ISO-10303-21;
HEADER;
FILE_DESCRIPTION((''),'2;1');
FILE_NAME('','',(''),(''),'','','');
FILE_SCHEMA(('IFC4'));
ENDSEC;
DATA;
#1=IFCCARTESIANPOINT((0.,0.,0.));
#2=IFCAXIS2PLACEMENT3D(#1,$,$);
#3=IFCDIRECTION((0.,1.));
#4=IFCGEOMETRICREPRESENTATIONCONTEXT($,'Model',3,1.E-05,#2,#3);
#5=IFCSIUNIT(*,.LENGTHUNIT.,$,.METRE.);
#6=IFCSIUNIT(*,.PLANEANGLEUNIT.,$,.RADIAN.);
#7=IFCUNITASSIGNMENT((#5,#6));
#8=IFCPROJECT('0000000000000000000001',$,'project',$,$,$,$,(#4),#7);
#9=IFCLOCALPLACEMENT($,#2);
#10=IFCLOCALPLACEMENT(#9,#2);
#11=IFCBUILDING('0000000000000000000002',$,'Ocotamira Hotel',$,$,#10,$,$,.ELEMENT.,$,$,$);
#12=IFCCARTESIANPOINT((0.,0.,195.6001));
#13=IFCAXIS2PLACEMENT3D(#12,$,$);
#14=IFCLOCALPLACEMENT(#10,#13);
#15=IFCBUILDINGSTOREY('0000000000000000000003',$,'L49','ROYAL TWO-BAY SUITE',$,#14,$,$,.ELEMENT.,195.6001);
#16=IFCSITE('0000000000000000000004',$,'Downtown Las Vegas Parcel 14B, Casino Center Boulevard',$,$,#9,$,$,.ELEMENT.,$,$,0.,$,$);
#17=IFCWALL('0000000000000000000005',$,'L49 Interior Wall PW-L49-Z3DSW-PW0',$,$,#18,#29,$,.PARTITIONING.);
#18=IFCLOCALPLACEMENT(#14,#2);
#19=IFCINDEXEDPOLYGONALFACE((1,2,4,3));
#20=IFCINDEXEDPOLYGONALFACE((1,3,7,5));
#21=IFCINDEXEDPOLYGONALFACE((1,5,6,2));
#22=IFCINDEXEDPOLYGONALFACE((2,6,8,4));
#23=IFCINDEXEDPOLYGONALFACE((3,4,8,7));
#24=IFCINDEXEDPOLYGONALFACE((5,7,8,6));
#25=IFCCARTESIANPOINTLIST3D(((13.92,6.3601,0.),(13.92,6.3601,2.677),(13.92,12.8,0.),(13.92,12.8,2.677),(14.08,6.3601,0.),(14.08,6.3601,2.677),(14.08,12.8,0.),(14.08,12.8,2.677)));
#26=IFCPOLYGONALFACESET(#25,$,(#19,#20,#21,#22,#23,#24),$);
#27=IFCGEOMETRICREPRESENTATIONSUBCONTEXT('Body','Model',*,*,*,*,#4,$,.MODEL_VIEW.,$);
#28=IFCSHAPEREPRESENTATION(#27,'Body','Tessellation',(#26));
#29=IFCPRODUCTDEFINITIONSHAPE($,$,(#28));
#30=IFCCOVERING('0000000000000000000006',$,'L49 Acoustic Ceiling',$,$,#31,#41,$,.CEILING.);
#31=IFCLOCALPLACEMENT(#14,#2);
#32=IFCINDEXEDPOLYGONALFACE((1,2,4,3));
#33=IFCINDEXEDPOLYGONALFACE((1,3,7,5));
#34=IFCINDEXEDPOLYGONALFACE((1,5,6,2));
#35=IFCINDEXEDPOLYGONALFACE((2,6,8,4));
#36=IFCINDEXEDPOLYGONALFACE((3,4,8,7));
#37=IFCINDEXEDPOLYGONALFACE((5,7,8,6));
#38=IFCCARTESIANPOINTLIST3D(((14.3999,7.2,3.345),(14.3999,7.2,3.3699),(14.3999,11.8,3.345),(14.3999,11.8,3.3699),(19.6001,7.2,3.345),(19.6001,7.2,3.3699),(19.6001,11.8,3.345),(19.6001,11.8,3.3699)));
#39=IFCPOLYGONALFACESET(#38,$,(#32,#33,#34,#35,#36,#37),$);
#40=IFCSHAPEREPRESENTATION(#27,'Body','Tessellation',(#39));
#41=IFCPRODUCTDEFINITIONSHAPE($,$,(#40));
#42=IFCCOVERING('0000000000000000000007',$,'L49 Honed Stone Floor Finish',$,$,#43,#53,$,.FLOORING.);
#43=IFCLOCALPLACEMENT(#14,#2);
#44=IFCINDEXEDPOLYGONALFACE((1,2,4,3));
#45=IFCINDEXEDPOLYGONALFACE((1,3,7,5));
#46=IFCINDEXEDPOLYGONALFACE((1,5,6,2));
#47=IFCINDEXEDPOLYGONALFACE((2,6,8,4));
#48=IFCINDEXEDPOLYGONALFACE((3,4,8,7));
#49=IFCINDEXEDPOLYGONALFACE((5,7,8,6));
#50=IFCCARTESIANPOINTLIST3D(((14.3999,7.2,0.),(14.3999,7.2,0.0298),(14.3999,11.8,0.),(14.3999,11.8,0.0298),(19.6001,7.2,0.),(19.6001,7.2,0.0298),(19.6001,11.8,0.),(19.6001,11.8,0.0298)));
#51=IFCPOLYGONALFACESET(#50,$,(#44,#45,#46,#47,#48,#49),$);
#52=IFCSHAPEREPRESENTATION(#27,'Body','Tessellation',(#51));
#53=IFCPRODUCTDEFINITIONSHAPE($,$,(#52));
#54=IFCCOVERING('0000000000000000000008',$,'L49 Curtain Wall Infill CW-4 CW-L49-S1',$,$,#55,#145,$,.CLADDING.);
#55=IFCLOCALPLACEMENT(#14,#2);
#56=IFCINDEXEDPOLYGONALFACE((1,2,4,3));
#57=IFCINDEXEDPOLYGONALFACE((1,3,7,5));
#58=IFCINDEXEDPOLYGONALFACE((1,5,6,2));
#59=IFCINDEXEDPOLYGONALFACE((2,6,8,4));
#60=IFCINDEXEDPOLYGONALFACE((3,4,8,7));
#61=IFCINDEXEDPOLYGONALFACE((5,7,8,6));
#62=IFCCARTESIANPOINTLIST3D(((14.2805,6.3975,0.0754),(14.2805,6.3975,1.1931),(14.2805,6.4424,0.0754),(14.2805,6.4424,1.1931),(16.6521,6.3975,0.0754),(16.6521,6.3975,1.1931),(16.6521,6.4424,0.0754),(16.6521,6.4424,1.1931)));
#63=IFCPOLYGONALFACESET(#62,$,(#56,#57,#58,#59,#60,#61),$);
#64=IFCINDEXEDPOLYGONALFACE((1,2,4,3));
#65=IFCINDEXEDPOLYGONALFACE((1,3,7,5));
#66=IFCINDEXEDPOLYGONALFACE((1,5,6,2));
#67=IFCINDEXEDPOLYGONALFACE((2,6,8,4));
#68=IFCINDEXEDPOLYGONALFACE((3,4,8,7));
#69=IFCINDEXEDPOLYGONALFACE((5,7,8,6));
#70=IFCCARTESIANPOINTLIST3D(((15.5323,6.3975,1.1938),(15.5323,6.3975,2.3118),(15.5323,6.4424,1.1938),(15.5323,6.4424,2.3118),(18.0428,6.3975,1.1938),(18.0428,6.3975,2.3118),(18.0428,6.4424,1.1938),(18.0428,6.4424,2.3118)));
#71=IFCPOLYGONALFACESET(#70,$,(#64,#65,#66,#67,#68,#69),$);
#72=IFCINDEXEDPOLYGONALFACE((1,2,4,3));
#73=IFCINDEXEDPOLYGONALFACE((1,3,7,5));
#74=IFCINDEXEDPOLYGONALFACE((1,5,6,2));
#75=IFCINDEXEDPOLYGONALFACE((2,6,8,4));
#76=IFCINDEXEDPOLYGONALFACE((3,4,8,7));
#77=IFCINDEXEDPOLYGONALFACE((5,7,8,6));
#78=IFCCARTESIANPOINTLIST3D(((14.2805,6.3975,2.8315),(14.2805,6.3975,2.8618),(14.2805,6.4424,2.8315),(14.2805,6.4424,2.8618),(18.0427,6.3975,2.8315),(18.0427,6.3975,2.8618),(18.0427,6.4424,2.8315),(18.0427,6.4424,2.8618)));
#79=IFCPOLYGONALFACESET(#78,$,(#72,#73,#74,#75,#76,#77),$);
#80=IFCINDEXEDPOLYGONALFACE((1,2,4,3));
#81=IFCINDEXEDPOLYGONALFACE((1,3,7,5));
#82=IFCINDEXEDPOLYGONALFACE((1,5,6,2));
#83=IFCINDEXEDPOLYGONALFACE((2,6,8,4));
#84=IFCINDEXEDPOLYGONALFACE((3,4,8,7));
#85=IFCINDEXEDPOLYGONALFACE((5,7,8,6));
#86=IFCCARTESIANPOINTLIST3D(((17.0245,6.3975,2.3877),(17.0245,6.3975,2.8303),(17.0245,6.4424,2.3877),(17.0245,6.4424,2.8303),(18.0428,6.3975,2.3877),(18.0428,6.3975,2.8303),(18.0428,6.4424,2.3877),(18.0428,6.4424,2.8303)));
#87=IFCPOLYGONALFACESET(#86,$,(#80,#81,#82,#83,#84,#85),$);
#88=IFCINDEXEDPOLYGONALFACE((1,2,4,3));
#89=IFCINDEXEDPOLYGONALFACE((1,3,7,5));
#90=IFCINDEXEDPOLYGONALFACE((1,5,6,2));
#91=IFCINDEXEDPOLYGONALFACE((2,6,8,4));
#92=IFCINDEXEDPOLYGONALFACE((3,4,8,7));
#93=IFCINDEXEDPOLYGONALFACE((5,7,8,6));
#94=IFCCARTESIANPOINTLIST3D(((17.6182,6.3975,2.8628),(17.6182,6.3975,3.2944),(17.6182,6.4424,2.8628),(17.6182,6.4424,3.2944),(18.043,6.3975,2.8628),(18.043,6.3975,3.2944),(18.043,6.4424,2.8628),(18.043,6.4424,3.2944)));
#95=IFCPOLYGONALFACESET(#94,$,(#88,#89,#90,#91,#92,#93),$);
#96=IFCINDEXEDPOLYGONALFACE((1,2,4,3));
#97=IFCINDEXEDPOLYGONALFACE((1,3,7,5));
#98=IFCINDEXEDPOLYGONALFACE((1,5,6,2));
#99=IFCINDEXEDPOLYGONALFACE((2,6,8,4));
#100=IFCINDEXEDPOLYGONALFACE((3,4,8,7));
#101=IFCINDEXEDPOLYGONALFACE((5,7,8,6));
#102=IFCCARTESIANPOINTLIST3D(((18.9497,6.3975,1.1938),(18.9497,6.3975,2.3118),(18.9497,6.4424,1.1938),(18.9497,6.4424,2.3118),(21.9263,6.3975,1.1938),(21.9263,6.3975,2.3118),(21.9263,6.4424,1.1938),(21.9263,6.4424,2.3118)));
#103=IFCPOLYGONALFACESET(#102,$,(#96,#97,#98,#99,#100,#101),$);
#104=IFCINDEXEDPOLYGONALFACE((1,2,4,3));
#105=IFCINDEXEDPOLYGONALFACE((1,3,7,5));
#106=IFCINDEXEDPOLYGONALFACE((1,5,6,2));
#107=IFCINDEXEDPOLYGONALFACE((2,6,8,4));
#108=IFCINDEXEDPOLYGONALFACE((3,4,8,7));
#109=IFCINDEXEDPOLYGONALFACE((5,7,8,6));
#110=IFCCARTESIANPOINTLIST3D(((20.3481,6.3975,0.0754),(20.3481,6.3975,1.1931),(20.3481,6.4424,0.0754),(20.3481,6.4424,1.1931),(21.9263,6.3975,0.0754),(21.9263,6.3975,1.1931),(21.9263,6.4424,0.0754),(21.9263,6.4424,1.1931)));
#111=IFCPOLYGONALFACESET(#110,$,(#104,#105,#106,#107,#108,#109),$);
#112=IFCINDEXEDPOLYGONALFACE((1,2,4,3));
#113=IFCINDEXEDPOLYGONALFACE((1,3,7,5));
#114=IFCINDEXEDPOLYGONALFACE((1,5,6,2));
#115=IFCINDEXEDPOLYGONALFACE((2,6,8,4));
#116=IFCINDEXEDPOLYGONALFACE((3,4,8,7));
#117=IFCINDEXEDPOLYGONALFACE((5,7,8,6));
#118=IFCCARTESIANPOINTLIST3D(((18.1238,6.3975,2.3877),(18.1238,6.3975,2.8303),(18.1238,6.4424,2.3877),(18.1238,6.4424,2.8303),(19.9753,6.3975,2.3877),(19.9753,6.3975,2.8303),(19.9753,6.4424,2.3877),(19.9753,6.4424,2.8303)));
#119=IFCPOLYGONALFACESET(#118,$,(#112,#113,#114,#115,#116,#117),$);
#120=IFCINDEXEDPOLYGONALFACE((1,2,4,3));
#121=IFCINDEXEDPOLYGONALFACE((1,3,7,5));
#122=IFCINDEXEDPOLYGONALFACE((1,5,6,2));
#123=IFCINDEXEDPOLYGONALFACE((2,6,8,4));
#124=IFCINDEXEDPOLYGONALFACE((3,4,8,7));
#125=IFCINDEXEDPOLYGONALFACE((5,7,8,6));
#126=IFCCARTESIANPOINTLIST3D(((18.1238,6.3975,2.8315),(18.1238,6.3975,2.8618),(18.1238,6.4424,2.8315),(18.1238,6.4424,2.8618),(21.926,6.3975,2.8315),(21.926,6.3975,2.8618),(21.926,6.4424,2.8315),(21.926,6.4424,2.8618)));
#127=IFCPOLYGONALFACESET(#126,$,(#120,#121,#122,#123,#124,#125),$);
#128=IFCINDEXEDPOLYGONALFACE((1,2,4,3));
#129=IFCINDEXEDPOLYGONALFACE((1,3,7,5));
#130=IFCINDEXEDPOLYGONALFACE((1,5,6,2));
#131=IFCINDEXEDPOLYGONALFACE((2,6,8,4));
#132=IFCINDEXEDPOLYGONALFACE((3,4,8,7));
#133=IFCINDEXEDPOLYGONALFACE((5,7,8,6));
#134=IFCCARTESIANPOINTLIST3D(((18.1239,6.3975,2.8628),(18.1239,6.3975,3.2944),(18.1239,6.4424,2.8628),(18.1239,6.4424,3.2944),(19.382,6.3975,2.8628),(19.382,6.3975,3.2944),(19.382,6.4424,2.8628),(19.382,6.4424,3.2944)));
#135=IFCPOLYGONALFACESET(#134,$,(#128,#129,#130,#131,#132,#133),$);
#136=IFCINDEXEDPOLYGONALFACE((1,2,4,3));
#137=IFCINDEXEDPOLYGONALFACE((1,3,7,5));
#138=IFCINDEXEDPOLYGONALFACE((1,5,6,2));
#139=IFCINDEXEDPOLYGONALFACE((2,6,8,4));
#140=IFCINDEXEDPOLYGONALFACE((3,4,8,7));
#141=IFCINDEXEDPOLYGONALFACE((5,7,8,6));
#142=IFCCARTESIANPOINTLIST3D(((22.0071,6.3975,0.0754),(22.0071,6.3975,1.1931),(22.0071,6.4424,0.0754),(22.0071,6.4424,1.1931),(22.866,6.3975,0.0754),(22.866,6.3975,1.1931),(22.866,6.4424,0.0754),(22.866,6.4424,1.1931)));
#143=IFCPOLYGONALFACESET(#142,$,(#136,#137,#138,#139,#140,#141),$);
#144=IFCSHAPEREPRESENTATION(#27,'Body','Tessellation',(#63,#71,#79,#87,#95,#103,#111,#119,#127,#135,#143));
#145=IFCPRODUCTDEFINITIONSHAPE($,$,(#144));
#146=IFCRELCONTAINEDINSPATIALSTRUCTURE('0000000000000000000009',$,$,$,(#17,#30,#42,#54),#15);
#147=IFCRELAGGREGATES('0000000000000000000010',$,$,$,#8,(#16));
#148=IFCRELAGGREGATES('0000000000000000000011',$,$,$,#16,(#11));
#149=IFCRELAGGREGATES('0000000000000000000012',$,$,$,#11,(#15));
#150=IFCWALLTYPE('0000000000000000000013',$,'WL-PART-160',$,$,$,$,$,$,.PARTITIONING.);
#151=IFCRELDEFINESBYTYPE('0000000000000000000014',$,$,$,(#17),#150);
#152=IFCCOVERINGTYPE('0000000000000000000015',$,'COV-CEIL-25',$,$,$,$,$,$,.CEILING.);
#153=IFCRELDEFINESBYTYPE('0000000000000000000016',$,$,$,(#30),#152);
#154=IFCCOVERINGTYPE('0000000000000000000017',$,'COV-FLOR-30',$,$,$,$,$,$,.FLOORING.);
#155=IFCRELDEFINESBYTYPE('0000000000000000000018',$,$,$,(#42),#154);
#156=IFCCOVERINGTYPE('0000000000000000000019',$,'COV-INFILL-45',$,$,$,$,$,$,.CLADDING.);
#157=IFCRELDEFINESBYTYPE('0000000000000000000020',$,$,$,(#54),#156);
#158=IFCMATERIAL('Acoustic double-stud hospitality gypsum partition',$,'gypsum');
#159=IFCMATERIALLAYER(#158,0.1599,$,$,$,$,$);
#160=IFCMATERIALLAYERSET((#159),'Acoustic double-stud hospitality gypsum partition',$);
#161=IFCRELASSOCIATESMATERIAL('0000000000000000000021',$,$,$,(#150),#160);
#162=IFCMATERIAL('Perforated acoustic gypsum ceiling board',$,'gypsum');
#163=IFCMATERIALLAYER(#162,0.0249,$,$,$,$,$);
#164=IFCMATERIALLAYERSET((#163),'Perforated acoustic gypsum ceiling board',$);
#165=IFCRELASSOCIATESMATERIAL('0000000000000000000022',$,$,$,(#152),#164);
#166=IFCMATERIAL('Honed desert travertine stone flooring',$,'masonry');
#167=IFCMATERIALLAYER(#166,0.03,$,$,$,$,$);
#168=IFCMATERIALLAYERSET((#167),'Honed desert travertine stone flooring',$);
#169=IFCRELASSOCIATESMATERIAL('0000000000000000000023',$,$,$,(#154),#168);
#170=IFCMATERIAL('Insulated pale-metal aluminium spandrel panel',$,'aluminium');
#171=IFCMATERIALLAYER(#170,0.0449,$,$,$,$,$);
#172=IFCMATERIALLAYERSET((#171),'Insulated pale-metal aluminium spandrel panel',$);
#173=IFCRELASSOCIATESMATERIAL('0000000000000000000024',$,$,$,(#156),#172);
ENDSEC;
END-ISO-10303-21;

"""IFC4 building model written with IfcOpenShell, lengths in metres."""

from ifc_helpers import new_model, si_unit, direction, frame, frame_2d, origin, origin_2d, place, context, subcontext, project, spatial, polyline, rectangle, outline, extrude, material, layer, layer_set, type_object, element, save


model = new_model("IFC4")

# Units and contexts
model_context = context("Model", 3, precision=1e-05, world=origin(), true_north=direction((0.0, 1.0)))
body_context = subcontext(model_context, "Body", "Model", "MODEL_VIEW")
ifc_project = project(units=[si_unit("LENGTHUNIT", "METRE"), si_unit("PLANEANGLEUNIT", "RADIAN")], contexts=[model_context])

# Site, building, storey
site_placement = place(None, origin())
site = spatial("IfcSite", under=ifc_project, at=site_placement, Name="Downtown Las Vegas Parcel 14B, Casino Center Boulevard", CompositionType="ELEMENT", RefElevation=0.0)
building_placement = place(site_placement, origin())
building = spatial("IfcBuilding", under=site, at=building_placement, Name="Ocotamira Hotel", CompositionType="ELEMENT")
storey_placement = place(building_placement, frame((0.0, 0.0, 195.6001)))
storey = spatial("IfcBuildingStorey", under=building, at=storey_placement, Name="L49", Description="ROYAL TWO-BAY SUITE", CompositionType="ELEMENT", Elevation=195.6001)

# Wall
ifc_material_1 = material(Name="Acoustic double-stud hospitality gypsum partition", Category="gypsum")
ifc_layer_1 = layer(ifc_material_1, 0.1599)
ifc_layer_set_1 = layer_set([ifc_layer_1], Name="Acoustic double-stud hospitality gypsum partition")
wall_type_1 = type_object("IfcWallType", Name="WL-PART-160", PredefinedType="PARTITIONING", material=ifc_layer_set_1)
wall_1_placement = place(storey_placement, frame((14.0, 6.3601, 0.0), z_axis=(0.0, 0.0, 1.0), x_axis=(0.0, 1.0, 0.0)))
element("IfcWall", 1, at=wall_1_placement, inside=storey, type_object=wall_type_1, Name="L49 Interior Wall PW-L49-Z3DSW-PW0", PredefinedType="PARTITIONING", context=body_context, shape_type="SweptSolid", body=[
    extrude(rectangle(XDim=6.4399, YDim=0.1599, at=frame_2d((3.22, 0.0))), origin(), (0.0, 0.0, 1.0), 2.677),
])

# Coverings
ifc_material_2 = material(Name="Perforated acoustic gypsum ceiling board", Category="gypsum")
ifc_layer_2 = layer(ifc_material_2, 0.0249)
ifc_layer_set_2 = layer_set([ifc_layer_2], Name="Perforated acoustic gypsum ceiling board")
covering_type_1 = type_object("IfcCoveringType", Name="COV-CEIL-25", PredefinedType="CEILING", material=ifc_layer_set_2)
covering_1_placement = place(storey_placement, frame((0.0, 0.0, 3.345)))
element("IfcCovering", 2, at=covering_1_placement, inside=storey, type_object=covering_type_1, Name="L49 Acoustic Ceiling", PredefinedType="CEILING", context=body_context, shape_type="SweptSolid", body=[
    extrude(outline(polyline([(14.3999, 7.2), (19.6001, 7.2), (19.6001, 11.8), (14.3999, 11.8), (14.3999, 7.2)])), origin(), (0.0, 0.0, 1.0), 0.0249),
])
ifc_material_3 = material(Name="Honed desert travertine stone flooring", Category="masonry")
ifc_layer_3 = layer(ifc_material_3, 0.03)
ifc_layer_set_3 = layer_set([ifc_layer_3], Name="Honed desert travertine stone flooring")
covering_type_2 = type_object("IfcCoveringType", Name="COV-FLOR-30", PredefinedType="FLOORING", material=ifc_layer_set_3)
covering_2_placement = place(storey_placement, origin())
element("IfcCovering", 3, at=covering_2_placement, inside=storey, type_object=covering_type_2, Name="L49 Honed Stone Floor Finish", PredefinedType="FLOORING", context=body_context, shape_type="SweptSolid", body=[
    extrude(outline(polyline([(14.3999, 7.2), (19.6001, 7.2), (19.6001, 11.8), (14.3999, 11.8), (14.3999, 7.2)])), origin(), (0.0, 0.0, 1.0), 0.0298),
])
ifc_material_4 = material(Name="Insulated pale-metal aluminium spandrel panel", Category="aluminium")
ifc_layer_4 = layer(ifc_material_4, 0.0449)
ifc_layer_set_4 = layer_set([ifc_layer_4], Name="Insulated pale-metal aluminium spandrel panel")
covering_type_3 = type_object("IfcCoveringType", Name="COV-INFILL-45", PredefinedType="CLADDING", material=ifc_layer_set_4)
covering_3_placement = place(storey_placement, origin())
element("IfcCovering", 4, at=covering_3_placement, inside=storey, type_object=covering_type_3, Name="L49 Curtain Wall Infill CW-4 CW-L49-S1", PredefinedType="CLADDING", context=body_context, shape_type="SweptSolid", body=[
    extrude(rectangle(XDim=2.3716, YDim=0.0449, at=origin_2d()), frame((15.4663, 6.4199, 0.0754), z_axis=(0.0, 0.0, 1.0), x_axis=(1.0, 0.0, 0.0)), (0.0, 0.0, 1.0), 1.1177),
    extrude(rectangle(XDim=2.5105, YDim=0.0449, at=origin_2d()), frame((16.7876, 6.4199, 1.1938), z_axis=(0.0, 0.0, 1.0), x_axis=(1.0, 0.0, 0.0)), (0.0, 0.0, 1.0), 1.1179),
    extrude(rectangle(XDim=3.7622, YDim=0.0449, at=origin_2d()), frame((16.1616, 6.4199, 2.8315), z_axis=(0.0, 0.0, 1.0), x_axis=(1.0, 0.0, 0.0)), (0.0, 0.0, 1.0), 0.0303),
    extrude(rectangle(XDim=1.0183, YDim=0.0449, at=origin_2d()), frame((17.5337, 6.4199, 2.3877), z_axis=(0.0, 0.0, 1.0), x_axis=(1.0, 0.0, 0.0)), (0.0, 0.0, 1.0), 0.4426),
    extrude(rectangle(XDim=0.4248, YDim=0.0449, at=origin_2d()), frame((17.8306, 6.4199, 2.8628), z_axis=(0.0, 0.0, 1.0), x_axis=(1.0, 0.0, 0.0)), (0.0, 0.0, 1.0), 0.4316),
    extrude(rectangle(XDim=2.9766, YDim=0.0449, at=origin_2d()), frame((20.438, 6.4199, 1.1938), z_axis=(0.0, 0.0, 1.0), x_axis=(1.0, 0.0, 0.0)), (0.0, 0.0, 1.0), 1.1179),
    extrude(rectangle(XDim=1.5781, YDim=0.0449, at=origin_2d()), frame((21.1372, 6.4199, 0.0754), z_axis=(0.0, 0.0, 1.0), x_axis=(1.0, 0.0, 0.0)), (0.0, 0.0, 1.0), 1.1177),
    extrude(rectangle(XDim=1.8516, YDim=0.0449, at=origin_2d()), frame((19.0496, 6.4199, 2.3877), z_axis=(0.0, 0.0, 1.0), x_axis=(1.0, 0.0, 0.0)), (0.0, 0.0, 1.0), 0.4426),
    extrude(rectangle(XDim=3.8022, YDim=0.0449, at=origin_2d()), frame((20.0249, 6.4199, 2.8315), z_axis=(0.0, 0.0, 1.0), x_axis=(1.0, 0.0, 0.0)), (0.0, 0.0, 1.0), 0.0303),
    extrude(rectangle(XDim=1.2581, YDim=0.0449, at=origin_2d()), frame((18.7529, 6.4199, 2.8628), z_axis=(0.0, 0.0, 1.0), x_axis=(1.0, 0.0, 0.0)), (0.0, 0.0, 1.0), 0.4316),
    extrude(rectangle(XDim=0.8589, YDim=0.0449, at=origin_2d()), frame((22.4365, 6.4199, 0.0754), z_axis=(0.0, 0.0, 1.0), x_axis=(1.0, 0.0, 0.0)), (0.0, 0.0, 1.0), 1.1177),
])

save(model, "model.ifc")
